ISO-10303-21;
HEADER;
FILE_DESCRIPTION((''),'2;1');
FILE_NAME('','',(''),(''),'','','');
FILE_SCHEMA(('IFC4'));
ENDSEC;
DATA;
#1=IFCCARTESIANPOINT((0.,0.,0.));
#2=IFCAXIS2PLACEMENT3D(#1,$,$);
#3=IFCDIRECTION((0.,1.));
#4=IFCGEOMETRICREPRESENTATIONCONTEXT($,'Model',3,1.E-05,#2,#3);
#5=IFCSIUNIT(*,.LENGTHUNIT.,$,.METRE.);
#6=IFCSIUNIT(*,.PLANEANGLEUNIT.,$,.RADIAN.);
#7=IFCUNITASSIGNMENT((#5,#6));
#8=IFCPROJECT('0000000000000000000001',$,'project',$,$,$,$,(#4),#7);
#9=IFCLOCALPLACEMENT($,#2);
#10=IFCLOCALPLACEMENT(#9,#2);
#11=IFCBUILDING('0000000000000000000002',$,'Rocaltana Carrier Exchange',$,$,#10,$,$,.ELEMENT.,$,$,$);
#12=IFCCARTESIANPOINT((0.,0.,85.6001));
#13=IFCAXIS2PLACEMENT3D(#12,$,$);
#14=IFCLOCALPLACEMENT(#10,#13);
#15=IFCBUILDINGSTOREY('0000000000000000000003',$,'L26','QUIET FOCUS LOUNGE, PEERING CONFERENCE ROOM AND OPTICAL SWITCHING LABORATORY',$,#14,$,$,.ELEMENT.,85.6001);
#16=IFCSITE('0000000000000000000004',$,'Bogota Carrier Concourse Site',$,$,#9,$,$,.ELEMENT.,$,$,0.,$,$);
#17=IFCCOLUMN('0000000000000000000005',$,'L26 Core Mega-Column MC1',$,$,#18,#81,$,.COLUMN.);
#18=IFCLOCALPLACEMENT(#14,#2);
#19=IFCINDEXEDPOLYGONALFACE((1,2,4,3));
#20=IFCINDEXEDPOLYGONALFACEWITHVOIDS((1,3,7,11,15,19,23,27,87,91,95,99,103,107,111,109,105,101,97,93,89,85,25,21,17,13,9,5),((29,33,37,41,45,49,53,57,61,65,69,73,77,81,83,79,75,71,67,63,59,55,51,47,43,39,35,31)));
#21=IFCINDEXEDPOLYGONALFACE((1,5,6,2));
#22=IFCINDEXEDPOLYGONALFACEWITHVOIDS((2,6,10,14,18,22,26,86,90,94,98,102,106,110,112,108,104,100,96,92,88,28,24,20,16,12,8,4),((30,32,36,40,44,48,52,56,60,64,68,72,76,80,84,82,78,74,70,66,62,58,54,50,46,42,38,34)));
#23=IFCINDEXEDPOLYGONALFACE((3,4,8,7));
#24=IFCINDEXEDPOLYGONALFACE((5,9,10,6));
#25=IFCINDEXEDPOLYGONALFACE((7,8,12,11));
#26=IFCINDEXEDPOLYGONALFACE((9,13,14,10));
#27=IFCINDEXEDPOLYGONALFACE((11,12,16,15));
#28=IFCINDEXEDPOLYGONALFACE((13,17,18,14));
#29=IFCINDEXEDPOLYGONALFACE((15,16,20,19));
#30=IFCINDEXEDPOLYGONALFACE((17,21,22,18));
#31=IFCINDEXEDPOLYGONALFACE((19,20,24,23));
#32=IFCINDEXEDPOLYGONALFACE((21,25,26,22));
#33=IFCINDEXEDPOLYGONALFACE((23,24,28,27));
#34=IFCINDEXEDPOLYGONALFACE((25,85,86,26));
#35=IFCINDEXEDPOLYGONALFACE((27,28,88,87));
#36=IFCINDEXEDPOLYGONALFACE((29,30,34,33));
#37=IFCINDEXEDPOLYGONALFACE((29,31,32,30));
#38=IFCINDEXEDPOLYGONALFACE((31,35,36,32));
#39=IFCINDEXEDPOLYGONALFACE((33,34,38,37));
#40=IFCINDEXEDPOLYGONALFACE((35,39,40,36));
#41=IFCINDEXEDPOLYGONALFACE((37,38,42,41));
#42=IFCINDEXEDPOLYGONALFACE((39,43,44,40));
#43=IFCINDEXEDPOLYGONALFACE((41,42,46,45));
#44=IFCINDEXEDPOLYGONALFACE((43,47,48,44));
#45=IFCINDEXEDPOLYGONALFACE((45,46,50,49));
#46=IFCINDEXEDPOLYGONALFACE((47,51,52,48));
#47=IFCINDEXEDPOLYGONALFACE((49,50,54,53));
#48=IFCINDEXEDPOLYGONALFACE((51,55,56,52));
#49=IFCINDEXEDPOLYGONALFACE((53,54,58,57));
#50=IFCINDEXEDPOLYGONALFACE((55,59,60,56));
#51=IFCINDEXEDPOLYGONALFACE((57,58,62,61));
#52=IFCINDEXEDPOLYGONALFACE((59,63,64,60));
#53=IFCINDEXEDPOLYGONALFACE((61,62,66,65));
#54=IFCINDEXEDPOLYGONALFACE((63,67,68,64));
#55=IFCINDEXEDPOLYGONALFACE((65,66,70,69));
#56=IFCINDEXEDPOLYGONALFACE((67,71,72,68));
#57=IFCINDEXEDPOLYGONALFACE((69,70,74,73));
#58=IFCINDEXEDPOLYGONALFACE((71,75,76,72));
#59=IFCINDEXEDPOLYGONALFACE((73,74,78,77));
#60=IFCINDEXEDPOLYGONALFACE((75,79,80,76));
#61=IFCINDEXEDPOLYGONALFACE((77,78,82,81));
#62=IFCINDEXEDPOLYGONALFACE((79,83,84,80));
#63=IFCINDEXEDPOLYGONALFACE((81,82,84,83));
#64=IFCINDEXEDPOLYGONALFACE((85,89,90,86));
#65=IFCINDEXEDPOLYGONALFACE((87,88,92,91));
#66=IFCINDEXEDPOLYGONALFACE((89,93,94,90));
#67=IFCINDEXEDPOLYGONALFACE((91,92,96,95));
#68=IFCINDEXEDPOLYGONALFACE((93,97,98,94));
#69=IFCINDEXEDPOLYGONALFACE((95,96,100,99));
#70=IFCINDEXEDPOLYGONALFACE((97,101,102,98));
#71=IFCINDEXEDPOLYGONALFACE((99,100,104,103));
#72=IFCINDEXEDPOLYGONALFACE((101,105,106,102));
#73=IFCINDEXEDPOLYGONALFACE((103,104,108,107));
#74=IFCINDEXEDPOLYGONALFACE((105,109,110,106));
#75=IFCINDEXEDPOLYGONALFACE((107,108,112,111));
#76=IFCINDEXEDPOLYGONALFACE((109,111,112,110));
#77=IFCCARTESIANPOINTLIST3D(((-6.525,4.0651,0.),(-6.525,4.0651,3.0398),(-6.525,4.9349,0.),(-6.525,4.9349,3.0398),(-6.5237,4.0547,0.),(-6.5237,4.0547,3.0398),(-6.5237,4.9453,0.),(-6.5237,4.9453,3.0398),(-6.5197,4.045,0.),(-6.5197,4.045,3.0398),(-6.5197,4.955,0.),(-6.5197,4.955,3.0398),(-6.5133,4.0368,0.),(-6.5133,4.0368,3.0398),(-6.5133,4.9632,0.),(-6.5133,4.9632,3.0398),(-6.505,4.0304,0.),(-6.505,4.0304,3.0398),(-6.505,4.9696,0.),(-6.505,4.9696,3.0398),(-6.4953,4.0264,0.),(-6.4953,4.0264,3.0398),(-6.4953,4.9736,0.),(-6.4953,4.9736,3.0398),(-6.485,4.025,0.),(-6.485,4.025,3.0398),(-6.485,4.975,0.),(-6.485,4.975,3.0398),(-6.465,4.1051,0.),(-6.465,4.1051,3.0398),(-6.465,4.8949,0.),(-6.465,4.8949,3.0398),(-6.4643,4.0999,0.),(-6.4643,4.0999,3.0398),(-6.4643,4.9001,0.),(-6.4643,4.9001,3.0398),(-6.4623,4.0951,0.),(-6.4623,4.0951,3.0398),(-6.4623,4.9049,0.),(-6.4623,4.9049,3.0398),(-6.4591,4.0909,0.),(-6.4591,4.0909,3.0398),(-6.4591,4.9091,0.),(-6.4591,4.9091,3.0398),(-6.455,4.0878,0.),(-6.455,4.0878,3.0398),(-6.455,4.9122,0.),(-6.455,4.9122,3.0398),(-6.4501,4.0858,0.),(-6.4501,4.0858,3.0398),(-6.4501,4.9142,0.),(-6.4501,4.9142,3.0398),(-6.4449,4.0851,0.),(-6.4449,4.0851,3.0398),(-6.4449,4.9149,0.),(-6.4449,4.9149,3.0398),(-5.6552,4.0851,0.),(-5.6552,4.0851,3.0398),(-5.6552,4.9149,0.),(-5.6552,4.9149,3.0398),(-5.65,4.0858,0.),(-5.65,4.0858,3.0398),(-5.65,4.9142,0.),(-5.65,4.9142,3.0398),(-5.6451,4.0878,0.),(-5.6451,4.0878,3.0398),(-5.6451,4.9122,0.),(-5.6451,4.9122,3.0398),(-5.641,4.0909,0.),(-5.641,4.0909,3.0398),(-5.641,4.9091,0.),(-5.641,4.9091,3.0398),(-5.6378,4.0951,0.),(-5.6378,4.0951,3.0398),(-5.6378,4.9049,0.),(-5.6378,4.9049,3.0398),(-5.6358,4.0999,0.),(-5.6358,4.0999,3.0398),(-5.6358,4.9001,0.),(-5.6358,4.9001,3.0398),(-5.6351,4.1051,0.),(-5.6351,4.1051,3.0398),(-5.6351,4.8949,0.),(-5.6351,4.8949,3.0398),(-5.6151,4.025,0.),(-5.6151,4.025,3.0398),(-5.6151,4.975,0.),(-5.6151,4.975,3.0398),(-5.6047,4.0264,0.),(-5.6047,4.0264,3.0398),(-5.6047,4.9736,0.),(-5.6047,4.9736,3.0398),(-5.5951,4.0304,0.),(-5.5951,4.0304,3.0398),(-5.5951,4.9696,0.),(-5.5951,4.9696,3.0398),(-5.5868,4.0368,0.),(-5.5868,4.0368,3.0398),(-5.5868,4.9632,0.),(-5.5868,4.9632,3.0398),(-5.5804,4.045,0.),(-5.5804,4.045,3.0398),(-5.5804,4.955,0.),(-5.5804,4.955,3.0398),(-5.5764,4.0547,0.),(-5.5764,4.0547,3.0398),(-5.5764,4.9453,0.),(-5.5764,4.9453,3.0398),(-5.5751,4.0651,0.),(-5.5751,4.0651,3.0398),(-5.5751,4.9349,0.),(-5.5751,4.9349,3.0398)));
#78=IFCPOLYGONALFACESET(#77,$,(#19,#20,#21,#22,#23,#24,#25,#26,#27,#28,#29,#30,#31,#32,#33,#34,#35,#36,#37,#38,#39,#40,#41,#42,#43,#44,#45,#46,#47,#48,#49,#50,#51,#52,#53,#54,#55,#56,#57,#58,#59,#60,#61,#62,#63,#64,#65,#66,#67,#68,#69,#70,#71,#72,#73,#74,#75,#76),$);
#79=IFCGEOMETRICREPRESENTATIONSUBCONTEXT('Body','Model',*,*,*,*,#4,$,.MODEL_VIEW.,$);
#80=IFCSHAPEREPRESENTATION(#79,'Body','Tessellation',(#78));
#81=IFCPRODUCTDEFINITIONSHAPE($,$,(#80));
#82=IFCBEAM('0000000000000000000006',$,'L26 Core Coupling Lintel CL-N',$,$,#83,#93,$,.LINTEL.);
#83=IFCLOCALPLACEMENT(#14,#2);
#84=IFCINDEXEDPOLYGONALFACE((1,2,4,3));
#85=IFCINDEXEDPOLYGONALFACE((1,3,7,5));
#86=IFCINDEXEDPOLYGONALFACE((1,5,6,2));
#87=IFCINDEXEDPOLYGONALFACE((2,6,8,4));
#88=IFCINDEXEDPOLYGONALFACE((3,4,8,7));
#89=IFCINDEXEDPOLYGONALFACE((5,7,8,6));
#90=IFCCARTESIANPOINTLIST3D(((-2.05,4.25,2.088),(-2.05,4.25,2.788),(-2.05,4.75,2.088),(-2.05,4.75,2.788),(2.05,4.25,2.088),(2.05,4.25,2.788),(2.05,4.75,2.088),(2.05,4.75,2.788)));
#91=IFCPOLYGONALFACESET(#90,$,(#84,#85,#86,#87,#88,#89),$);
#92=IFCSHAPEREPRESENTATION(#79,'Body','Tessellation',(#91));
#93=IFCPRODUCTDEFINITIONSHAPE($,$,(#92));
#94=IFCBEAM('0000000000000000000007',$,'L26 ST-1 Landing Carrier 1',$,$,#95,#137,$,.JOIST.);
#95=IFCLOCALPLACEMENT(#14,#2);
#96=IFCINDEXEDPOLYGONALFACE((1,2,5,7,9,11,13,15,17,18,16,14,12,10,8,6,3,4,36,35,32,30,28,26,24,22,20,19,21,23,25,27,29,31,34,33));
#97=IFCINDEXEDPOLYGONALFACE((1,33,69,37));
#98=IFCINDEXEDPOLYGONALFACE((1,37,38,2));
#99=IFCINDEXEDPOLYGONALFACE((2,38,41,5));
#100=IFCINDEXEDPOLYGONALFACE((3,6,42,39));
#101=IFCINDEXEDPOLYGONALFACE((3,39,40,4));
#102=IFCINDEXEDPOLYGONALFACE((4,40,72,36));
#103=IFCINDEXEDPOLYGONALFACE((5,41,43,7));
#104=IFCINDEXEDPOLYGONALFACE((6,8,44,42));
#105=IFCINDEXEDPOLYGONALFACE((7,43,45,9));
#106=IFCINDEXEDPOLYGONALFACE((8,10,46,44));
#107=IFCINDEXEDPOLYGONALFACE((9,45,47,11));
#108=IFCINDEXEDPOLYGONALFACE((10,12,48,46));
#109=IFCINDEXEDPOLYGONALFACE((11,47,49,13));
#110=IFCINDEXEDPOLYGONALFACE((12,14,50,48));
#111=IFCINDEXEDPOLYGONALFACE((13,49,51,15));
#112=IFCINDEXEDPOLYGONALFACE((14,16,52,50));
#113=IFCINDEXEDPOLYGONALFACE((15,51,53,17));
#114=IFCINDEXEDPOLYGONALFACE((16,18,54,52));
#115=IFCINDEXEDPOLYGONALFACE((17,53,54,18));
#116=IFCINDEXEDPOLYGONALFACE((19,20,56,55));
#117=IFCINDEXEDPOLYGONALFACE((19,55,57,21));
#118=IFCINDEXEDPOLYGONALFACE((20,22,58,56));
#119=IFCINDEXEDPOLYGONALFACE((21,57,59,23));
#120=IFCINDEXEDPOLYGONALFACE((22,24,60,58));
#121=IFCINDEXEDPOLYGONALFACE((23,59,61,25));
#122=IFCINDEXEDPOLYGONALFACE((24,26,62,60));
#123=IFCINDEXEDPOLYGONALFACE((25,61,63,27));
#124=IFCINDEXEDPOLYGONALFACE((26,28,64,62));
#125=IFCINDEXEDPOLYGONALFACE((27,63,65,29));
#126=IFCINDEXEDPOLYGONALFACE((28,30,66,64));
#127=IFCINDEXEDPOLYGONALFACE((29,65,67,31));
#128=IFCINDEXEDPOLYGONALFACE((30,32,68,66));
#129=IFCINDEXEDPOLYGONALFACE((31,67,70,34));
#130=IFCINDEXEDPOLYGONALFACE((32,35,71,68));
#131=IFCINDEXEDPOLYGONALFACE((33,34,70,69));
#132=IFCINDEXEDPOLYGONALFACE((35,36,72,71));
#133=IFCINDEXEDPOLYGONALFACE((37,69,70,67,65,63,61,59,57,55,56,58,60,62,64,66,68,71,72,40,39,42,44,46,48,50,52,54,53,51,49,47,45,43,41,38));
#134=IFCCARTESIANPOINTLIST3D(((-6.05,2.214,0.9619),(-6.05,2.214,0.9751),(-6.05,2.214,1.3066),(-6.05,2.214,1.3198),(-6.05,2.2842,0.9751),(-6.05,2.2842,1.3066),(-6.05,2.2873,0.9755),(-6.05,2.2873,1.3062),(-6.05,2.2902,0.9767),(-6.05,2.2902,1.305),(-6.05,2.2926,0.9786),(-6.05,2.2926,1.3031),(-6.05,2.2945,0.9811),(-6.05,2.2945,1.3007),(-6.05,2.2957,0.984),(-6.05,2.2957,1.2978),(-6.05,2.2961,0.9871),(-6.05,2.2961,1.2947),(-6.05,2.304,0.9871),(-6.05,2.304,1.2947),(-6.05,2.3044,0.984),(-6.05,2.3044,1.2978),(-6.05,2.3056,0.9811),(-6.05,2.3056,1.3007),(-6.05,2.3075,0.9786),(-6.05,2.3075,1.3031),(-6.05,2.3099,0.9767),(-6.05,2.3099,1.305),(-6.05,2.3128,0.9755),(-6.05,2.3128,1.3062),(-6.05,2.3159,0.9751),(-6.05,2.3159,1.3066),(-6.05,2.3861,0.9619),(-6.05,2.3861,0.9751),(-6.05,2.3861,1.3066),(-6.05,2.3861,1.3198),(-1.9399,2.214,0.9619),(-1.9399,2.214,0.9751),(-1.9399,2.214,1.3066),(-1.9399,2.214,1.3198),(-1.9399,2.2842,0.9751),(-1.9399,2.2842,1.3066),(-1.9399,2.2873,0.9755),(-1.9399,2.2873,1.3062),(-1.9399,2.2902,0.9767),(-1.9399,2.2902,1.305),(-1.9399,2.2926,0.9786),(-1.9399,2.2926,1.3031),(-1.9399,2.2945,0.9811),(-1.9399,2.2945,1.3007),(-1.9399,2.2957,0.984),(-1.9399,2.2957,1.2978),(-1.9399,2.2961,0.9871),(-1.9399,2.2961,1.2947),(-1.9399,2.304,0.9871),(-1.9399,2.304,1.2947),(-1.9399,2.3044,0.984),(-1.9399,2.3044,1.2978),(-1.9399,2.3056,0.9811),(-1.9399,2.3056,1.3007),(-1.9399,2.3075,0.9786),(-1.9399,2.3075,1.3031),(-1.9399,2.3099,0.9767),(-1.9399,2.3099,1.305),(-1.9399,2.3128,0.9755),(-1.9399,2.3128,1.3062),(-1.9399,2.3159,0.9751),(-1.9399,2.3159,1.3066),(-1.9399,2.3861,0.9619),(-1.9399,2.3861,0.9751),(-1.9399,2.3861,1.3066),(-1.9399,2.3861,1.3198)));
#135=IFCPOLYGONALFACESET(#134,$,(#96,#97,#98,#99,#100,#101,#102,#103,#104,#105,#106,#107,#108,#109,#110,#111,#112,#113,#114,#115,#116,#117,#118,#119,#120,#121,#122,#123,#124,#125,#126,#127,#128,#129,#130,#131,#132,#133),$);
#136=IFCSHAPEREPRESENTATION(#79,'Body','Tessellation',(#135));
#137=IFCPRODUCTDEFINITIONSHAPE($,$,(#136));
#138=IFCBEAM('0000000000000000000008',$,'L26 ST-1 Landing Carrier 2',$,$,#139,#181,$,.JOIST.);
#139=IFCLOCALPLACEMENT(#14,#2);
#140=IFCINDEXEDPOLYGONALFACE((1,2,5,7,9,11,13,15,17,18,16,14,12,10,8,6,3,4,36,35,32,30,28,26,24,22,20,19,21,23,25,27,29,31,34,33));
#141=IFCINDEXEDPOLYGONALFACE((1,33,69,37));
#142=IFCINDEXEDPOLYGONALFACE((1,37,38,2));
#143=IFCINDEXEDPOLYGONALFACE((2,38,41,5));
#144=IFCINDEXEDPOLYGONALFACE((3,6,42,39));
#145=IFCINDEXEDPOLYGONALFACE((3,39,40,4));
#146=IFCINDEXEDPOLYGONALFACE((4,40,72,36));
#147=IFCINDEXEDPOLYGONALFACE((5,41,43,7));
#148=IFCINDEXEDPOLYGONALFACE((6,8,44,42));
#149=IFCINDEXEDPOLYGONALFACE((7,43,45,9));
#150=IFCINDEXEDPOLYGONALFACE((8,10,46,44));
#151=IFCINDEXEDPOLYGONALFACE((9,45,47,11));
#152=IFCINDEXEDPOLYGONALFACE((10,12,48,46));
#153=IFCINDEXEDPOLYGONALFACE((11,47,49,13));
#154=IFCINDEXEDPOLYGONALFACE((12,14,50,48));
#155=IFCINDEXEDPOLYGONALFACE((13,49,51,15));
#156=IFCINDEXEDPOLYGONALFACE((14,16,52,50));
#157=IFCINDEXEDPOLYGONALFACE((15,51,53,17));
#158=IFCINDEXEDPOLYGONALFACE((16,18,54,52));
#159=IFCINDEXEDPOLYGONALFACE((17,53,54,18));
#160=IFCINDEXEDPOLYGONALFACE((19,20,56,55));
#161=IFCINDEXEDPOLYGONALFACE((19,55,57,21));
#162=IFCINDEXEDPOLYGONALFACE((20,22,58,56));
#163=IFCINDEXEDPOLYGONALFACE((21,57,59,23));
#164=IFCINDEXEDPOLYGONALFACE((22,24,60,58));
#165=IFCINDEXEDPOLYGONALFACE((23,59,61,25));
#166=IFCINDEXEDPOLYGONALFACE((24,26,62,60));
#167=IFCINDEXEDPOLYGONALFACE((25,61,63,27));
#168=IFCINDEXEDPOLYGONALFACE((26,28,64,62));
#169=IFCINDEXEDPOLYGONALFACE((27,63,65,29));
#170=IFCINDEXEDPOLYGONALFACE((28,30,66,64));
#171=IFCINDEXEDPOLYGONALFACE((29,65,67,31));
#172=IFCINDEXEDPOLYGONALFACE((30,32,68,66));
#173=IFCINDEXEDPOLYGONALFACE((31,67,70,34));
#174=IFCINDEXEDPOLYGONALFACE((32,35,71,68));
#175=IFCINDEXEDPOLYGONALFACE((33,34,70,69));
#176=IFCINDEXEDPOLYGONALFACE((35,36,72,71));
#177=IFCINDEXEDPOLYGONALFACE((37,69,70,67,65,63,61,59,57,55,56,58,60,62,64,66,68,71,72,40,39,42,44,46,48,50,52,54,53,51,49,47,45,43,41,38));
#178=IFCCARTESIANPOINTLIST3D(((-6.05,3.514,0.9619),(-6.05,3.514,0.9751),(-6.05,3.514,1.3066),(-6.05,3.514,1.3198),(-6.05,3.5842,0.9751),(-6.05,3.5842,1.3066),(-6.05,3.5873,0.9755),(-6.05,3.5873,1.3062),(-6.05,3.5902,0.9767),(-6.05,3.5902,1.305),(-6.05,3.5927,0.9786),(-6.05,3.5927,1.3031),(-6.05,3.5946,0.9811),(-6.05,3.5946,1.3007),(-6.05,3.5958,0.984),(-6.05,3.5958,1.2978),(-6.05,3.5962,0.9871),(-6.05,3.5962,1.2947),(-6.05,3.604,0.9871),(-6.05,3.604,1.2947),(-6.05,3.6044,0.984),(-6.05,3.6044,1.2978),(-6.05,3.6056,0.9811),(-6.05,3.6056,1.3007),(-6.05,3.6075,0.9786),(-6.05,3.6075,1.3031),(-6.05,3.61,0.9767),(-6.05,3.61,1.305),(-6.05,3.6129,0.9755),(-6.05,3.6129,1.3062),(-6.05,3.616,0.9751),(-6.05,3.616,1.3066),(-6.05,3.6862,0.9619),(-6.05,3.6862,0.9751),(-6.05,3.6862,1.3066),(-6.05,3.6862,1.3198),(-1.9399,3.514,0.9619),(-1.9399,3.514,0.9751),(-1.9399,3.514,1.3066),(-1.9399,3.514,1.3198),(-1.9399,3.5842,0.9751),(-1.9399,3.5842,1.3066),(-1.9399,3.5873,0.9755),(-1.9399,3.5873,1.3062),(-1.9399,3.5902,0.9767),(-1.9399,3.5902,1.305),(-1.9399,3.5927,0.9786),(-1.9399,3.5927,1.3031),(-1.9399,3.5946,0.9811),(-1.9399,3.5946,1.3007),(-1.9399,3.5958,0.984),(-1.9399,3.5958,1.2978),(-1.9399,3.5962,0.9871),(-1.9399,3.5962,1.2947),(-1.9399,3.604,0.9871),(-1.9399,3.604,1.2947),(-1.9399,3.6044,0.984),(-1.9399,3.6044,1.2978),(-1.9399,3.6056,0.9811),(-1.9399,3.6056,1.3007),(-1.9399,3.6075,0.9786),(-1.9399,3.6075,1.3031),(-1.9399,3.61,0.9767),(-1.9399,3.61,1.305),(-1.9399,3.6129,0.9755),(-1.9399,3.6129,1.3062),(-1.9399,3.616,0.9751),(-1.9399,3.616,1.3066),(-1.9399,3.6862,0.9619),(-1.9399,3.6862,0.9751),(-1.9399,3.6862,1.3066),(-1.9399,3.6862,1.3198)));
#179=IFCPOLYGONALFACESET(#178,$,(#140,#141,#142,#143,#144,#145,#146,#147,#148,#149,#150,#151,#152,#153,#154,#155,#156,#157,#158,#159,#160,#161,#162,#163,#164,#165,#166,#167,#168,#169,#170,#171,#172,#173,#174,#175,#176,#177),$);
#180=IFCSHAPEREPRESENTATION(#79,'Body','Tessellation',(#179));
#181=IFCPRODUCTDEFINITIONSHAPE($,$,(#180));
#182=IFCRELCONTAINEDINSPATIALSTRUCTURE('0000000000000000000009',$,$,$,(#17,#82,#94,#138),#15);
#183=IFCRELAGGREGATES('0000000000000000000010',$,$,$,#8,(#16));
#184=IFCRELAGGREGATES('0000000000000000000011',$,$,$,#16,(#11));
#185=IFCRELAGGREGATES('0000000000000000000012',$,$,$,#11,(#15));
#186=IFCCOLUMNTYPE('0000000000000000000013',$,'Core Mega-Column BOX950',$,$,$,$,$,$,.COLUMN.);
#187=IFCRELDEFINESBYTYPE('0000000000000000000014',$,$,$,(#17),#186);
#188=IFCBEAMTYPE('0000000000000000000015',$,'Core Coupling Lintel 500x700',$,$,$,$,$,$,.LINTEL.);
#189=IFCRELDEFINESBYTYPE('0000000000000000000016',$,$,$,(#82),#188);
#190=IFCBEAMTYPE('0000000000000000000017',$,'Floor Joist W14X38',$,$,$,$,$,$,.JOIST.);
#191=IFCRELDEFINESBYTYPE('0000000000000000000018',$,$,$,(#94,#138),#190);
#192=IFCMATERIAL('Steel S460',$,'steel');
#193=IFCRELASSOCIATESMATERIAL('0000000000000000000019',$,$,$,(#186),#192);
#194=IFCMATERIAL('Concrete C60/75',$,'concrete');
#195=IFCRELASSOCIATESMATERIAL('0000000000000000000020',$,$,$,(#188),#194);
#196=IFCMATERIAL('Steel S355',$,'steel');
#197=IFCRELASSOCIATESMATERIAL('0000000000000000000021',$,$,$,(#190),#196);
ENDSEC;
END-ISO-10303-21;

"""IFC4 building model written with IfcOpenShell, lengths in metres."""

from ifc_helpers import new_model, si_unit, direction, frame, origin, origin_2d, place, context, subcontext, project, spatial, rectangle, hollow_rectangle, i_section, extrude, material, material_profile, profile_set, type_object, element, save


model = new_model("IFC4")

# Units and contexts
model_context = context("Model", 3, precision=1e-05, world=origin(), true_north=direction((0.0, 1.0)))
body_context = subcontext(model_context, "Body", "Model", "MODEL_VIEW")
ifc_project = project(units=[si_unit("LENGTHUNIT", "METRE"), si_unit("PLANEANGLEUNIT", "RADIAN")], contexts=[model_context])

# Site, building, storey
site_placement = place(None, origin())
site = spatial("IfcSite", under=ifc_project, at=site_placement, Name="Bogota Carrier Concourse Site", CompositionType="ELEMENT", RefElevation=0.0)
building_placement = place(site_placement, origin())
building = spatial("IfcBuilding", under=site, at=building_placement, Name="Rocaltana Carrier Exchange", CompositionType="ELEMENT")
storey_placement = place(building_placement, frame((0.0, 0.0, 85.6001)))
storey = spatial("IfcBuildingStorey", under=building, at=storey_placement, Name="L26", Description="QUIET FOCUS LOUNGE, PEERING CONFERENCE ROOM AND OPTICAL SWITCHING LABORATORY", CompositionType="ELEMENT", Elevation=85.6001)

# Column
ifc_material_1 = material(Name="Steel S460", Category="steel")
ifc_material_profile_1 = material_profile(ifc_material_1, hollow_rectangle(XDim=0.95, YDim=0.95, WallThickness=0.0601, InnerFilletRadius=0.02, OuterFilletRadius=0.04, at=origin_2d()), Name="BOX950X950X60")
ifc_profile_set_1 = profile_set([ifc_material_profile_1], Name="Steel S460")
column_type = type_object("IfcColumnType", Name="Core Mega-Column BOX950", PredefinedType="COLUMN", material=ifc_profile_set_1)
column_placement = place(storey_placement, frame((-6.05, 4.5, 0.0), z_axis=(0.0, 0.0, 1.0), x_axis=(1.0, 0.0, 0.0)))
element("IfcColumn", 1, at=column_placement, inside=storey, type_object=column_type, Name="L26 Core Mega-Column MC1", PredefinedType="COLUMN", context=body_context, shape_type="SweptSolid", body=[
    extrude(hollow_rectangle(XDim=0.95, YDim=0.95, WallThickness=0.0601, InnerFilletRadius=0.02, OuterFilletRadius=0.04, at=origin_2d()), origin(), (0.0, 0.0, 1.0), 3.0398),
])

# Beams
ifc_material_2 = material(Name="Concrete C60/75", Category="concrete")
ifc_material_profile_2 = material_profile(ifc_material_2, rectangle(XDim=0.5, YDim=0.7, at=origin_2d()), Name="RC-BM-500X700")
ifc_profile_set_2 = profile_set([ifc_material_profile_2], Name="Concrete C60/75")
beam_type_1 = type_object("IfcBeamType", Name="Core Coupling Lintel 500x700", PredefinedType="LINTEL", material=ifc_profile_set_2)
beam_1_placement = place(storey_placement, frame((-2.05, 4.5, 2.438), z_axis=(1.0, 0.0, 0.0), x_axis=(0.0, 1.0, 0.0)))
element("IfcBeam", 2, at=beam_1_placement, inside=storey, type_object=beam_type_1, Name="L26 Core Coupling Lintel CL-N", PredefinedType="LINTEL", context=body_context, shape_type="SweptSolid", body=[
    extrude(rectangle(XDim=0.5, YDim=0.7, at=origin_2d()), origin(), (0.0, 0.0, 1.0), 4.1001),
])
ifc_material_3 = material(Name="Steel S355", Category="steel")
ifc_material_profile_3 = material_profile(ifc_material_3, i_section(OverallWidth=0.1721, OverallDepth=0.3579, WebThickness=0.0078, FlangeThickness=0.0132, FilletRadius=0.012, at=origin_2d()), Name="W14X38")
ifc_profile_set_3 = profile_set([ifc_material_profile_3], Name="Steel S355")
beam_type_2 = type_object("IfcBeamType", Name="Floor Joist W14X38", PredefinedType="JOIST", material=ifc_profile_set_3)
for number, where, z_axis, x_axis, name in (
    (3, (-6.05, 2.3, 1.1409), (1.0, 0.0, 0.0), (0.0, 1.0, 0.0), "L26 ST-1 Landing Carrier 1"),
    (4, (-6.05, 3.6001, 1.1409), (1.0, 0.0, 0.0), (0.0, 1.0, 0.0), "L26 ST-1 Landing Carrier 2"),
):
    element("IfcBeam", number, at=place(storey_placement, frame(where, z_axis=z_axis, x_axis=x_axis)), inside=storey, type_object=beam_type_2, Name=name, PredefinedType="JOIST", context=body_context, shape_type="SweptSolid", body=[
        extrude(i_section(OverallWidth=0.1721, OverallDepth=0.3579, WebThickness=0.0078, FlangeThickness=0.0132, FilletRadius=0.012, at=origin_2d()), origin(), (0.0, 0.0, 1.0), 4.1101),
    ])

save(model, "model.ifc")
